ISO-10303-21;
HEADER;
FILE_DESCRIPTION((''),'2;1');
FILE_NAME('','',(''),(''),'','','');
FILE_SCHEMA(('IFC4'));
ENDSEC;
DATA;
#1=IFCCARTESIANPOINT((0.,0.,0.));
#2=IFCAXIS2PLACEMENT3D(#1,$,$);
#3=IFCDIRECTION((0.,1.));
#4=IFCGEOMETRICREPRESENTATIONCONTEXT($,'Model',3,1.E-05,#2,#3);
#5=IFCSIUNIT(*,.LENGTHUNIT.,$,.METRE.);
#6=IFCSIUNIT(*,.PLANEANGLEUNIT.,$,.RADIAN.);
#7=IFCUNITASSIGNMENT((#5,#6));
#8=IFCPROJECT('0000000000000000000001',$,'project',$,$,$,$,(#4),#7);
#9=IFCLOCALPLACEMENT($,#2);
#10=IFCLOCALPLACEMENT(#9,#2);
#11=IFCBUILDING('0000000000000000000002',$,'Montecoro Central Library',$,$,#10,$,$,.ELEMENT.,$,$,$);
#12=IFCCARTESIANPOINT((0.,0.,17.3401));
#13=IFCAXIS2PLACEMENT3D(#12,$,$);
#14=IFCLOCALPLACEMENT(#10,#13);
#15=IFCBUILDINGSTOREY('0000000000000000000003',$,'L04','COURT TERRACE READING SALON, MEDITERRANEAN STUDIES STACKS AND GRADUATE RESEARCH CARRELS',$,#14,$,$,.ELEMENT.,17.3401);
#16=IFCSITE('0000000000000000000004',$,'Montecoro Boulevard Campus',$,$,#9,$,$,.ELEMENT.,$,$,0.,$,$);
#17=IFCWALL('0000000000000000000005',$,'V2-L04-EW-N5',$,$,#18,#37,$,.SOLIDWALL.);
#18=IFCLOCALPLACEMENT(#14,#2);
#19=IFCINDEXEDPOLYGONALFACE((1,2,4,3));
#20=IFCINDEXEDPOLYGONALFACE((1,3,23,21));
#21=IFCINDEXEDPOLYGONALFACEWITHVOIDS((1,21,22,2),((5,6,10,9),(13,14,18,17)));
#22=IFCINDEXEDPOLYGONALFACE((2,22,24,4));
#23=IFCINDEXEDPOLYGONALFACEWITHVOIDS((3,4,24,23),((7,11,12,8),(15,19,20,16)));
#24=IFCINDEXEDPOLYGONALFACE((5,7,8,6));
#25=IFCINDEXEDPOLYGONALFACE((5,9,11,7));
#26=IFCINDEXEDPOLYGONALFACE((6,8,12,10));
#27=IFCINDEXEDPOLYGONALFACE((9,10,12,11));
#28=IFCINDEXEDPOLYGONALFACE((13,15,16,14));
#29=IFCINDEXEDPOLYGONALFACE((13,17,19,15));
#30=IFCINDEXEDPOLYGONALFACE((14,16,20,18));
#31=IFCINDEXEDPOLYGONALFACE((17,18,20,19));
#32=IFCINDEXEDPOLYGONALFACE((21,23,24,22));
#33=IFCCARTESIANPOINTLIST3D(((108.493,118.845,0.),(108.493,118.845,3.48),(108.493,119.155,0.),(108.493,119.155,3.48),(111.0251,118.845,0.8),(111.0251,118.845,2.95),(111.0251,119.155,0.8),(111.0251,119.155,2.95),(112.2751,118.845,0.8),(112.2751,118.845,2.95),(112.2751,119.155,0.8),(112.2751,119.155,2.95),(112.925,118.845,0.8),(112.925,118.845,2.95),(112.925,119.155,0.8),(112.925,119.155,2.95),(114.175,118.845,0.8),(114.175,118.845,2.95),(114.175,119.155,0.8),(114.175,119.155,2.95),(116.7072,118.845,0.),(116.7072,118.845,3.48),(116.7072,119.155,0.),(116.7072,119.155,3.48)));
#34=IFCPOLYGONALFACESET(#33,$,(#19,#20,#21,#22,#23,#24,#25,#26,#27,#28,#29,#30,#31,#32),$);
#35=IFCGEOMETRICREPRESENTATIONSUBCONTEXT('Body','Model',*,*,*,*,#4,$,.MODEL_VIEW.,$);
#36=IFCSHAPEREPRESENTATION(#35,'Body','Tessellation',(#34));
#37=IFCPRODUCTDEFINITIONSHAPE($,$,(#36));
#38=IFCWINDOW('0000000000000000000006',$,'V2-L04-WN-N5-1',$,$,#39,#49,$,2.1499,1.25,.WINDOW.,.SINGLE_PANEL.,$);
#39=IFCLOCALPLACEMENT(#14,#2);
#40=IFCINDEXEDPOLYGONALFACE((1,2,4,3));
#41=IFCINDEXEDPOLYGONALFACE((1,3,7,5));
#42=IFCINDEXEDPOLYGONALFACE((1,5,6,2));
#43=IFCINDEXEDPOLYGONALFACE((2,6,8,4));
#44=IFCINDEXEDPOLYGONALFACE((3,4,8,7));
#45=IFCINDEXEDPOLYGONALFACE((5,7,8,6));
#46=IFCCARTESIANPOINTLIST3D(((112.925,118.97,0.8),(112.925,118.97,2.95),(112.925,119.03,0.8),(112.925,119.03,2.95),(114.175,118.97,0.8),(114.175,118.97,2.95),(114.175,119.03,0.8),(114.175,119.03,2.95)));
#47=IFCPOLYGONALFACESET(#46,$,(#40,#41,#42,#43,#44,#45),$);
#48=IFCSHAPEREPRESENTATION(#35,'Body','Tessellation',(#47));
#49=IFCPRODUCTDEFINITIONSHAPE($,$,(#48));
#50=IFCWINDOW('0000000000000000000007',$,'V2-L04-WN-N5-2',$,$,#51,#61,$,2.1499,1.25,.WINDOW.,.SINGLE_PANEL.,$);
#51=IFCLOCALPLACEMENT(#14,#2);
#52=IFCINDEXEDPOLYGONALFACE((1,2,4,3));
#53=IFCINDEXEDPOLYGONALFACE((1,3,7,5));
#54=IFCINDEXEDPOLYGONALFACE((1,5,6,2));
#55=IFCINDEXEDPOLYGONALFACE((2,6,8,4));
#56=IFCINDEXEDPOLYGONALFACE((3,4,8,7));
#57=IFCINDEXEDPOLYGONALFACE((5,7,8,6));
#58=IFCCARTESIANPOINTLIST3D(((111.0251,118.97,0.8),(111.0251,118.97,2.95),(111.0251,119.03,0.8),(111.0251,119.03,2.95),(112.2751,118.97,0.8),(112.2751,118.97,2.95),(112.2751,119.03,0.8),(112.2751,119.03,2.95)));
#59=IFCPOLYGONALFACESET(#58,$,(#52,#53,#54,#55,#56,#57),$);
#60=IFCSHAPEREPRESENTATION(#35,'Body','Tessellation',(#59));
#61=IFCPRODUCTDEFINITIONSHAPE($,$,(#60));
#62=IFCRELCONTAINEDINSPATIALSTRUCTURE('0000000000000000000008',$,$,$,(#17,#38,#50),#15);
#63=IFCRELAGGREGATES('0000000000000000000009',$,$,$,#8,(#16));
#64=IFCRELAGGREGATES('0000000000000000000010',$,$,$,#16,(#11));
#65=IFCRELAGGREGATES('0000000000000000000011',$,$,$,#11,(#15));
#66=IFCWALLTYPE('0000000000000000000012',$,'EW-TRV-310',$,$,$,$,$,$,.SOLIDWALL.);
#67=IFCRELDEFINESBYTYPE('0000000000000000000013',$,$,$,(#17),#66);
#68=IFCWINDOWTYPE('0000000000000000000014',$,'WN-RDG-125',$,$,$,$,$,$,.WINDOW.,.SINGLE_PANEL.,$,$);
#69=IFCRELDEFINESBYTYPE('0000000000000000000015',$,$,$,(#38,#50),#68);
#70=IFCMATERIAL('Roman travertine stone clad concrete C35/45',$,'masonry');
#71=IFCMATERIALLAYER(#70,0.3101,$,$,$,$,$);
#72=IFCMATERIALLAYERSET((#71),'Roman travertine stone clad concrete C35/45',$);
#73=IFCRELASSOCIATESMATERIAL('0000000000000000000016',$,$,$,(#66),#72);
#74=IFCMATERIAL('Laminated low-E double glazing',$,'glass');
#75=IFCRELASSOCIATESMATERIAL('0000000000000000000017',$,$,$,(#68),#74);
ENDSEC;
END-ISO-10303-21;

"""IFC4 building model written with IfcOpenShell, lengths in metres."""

from ifc_helpers import new_model, si_unit, direction, frame, frame_2d, origin, place, context, subcontext, project, spatial, rectangle, extrude, material, layer, layer_set, type_object, element, fill, save


model = new_model("IFC4")

# Units and contexts
model_context = context("Model", 3, precision=1e-05, world=origin(), true_north=direction((0.0, 1.0)))
body_context = subcontext(model_context, "Body", "Model", "MODEL_VIEW")
ifc_project = project(units=[si_unit("LENGTHUNIT", "METRE"), si_unit("PLANEANGLEUNIT", "RADIAN")], contexts=[model_context])

# Site, building, storey
site_placement = place(None, origin())
site = spatial("IfcSite", under=ifc_project, at=site_placement, Name="Montecoro Boulevard Campus", CompositionType="ELEMENT", RefElevation=0.0)
building_placement = place(site_placement, origin())
building = spatial("IfcBuilding", under=site, at=building_placement, Name="Montecoro Central Library", CompositionType="ELEMENT")
storey_placement = place(building_placement, frame((0.0, 0.0, 17.3401)))
storey = spatial("IfcBuildingStorey", under=building, at=storey_placement, Name="L04", Description="COURT TERRACE READING SALON, MEDITERRANEAN STUDIES STACKS AND GRADUATE RESEARCH CARRELS", CompositionType="ELEMENT", Elevation=17.3401)

# Shared definitions
ifc_material_1 = material(Name="Laminated low-E double glazing", Category="glass")

# Wall, openings, windows
ifc_material_2 = material(Name="Roman travertine stone clad concrete C35/45", Category="masonry")
ifc_layer_1 = layer(ifc_material_2, 0.3101)
ifc_layer_set_1 = layer_set([ifc_layer_1], Name="Roman travertine stone clad concrete C35/45")
wall_type = type_object("IfcWallType", Name="EW-TRV-310", PredefinedType="SOLIDWALL", material=ifc_layer_set_1)
wall_placement = place(storey_placement, frame((116.707, 119.0, 0.0), z_axis=(0.0, 0.0, 1.0), x_axis=(-1.0, 0.0, 0.0)))
wall = element("IfcWall", 1, at=wall_placement, inside=storey, type_object=wall_type, Name="V2-L04-EW-N5", PredefinedType="SOLIDWALL", context=body_context, shape_type="SweptSolid", body=[
    extrude(rectangle(XDim=8.2141, YDim=0.3101, at=frame_2d((4.1069, 0.0))), origin(), (0.0, 0.0, 1.0), 3.48),
])
opening_1_placement = place(wall_placement, frame((2.532, 0.0, 0.8)))
opening_1 = element("IfcOpeningElement", 2, at=opening_1_placement, cuts=wall, PredefinedType="OPENING", context=body_context, shape_type="SweptSolid", body=[
    extrude(rectangle(XDim=1.25, YDim=2.1499, at=frame_2d((0.625, 1.075))), frame((0.0, 0.165, 0.0), z_axis=(0.0, -1.0, 0.0), x_axis=(1.0, 0.0, 0.0)), (0.0, 0.0, 1.0), 0.3301),
])
opening_2_placement = place(wall_placement, frame((4.4319, 0.0, 0.8)))
opening_2 = element("IfcOpeningElement", 3, at=opening_2_placement, cuts=wall, PredefinedType="OPENING", context=body_context, shape_type="SweptSolid", body=[
    extrude(rectangle(XDim=1.25, YDim=2.1499, at=frame_2d((0.625, 1.075))), frame((0.0, 0.165, 0.0), z_axis=(0.0, -1.0, 0.0), x_axis=(1.0, 0.0, 0.0)), (0.0, 0.0, 1.0), 0.3301),
])
window_type = type_object("IfcWindowType", Name="WN-RDG-125", PartitioningType="SINGLE_PANEL", PredefinedType="WINDOW", material=ifc_material_1)
window_1_placement = place(opening_1_placement, origin())
window_1 = element("IfcWindow", 4, at=window_1_placement, inside=storey, type_object=window_type, Name="V2-L04-WN-N5-1", OverallHeight=2.1499, OverallWidth=1.25, PartitioningType="SINGLE_PANEL", PredefinedType="WINDOW", context=body_context, shape_type="SweptSolid", body=[
    extrude(rectangle(XDim=1.25, YDim=2.1499, at=frame_2d((0.625, 1.075))), frame((0.0, 0.03, 0.0), z_axis=(0.0, -1.0, 0.0), x_axis=(1.0, 0.0, 0.0)), (0.0, 0.0, 1.0), 0.0601),
])
fill(opening_1, window_1)
window_2_placement = place(opening_2_placement, origin())
window_2 = element("IfcWindow", 5, at=window_2_placement, inside=storey, type_object=window_type, Name="V2-L04-WN-N5-2", OverallHeight=2.1499, OverallWidth=1.25, PartitioningType="SINGLE_PANEL", PredefinedType="WINDOW", context=body_context, shape_type="SweptSolid", body=[
    extrude(rectangle(XDim=1.25, YDim=2.1499, at=frame_2d((0.625, 1.075))), frame((0.0, 0.03, 0.0), z_axis=(0.0, -1.0, 0.0), x_axis=(1.0, 0.0, 0.0)), (0.0, 0.0, 1.0), 0.0601),
])
fill(opening_2, window_2)

save(model, "model.ifc")
